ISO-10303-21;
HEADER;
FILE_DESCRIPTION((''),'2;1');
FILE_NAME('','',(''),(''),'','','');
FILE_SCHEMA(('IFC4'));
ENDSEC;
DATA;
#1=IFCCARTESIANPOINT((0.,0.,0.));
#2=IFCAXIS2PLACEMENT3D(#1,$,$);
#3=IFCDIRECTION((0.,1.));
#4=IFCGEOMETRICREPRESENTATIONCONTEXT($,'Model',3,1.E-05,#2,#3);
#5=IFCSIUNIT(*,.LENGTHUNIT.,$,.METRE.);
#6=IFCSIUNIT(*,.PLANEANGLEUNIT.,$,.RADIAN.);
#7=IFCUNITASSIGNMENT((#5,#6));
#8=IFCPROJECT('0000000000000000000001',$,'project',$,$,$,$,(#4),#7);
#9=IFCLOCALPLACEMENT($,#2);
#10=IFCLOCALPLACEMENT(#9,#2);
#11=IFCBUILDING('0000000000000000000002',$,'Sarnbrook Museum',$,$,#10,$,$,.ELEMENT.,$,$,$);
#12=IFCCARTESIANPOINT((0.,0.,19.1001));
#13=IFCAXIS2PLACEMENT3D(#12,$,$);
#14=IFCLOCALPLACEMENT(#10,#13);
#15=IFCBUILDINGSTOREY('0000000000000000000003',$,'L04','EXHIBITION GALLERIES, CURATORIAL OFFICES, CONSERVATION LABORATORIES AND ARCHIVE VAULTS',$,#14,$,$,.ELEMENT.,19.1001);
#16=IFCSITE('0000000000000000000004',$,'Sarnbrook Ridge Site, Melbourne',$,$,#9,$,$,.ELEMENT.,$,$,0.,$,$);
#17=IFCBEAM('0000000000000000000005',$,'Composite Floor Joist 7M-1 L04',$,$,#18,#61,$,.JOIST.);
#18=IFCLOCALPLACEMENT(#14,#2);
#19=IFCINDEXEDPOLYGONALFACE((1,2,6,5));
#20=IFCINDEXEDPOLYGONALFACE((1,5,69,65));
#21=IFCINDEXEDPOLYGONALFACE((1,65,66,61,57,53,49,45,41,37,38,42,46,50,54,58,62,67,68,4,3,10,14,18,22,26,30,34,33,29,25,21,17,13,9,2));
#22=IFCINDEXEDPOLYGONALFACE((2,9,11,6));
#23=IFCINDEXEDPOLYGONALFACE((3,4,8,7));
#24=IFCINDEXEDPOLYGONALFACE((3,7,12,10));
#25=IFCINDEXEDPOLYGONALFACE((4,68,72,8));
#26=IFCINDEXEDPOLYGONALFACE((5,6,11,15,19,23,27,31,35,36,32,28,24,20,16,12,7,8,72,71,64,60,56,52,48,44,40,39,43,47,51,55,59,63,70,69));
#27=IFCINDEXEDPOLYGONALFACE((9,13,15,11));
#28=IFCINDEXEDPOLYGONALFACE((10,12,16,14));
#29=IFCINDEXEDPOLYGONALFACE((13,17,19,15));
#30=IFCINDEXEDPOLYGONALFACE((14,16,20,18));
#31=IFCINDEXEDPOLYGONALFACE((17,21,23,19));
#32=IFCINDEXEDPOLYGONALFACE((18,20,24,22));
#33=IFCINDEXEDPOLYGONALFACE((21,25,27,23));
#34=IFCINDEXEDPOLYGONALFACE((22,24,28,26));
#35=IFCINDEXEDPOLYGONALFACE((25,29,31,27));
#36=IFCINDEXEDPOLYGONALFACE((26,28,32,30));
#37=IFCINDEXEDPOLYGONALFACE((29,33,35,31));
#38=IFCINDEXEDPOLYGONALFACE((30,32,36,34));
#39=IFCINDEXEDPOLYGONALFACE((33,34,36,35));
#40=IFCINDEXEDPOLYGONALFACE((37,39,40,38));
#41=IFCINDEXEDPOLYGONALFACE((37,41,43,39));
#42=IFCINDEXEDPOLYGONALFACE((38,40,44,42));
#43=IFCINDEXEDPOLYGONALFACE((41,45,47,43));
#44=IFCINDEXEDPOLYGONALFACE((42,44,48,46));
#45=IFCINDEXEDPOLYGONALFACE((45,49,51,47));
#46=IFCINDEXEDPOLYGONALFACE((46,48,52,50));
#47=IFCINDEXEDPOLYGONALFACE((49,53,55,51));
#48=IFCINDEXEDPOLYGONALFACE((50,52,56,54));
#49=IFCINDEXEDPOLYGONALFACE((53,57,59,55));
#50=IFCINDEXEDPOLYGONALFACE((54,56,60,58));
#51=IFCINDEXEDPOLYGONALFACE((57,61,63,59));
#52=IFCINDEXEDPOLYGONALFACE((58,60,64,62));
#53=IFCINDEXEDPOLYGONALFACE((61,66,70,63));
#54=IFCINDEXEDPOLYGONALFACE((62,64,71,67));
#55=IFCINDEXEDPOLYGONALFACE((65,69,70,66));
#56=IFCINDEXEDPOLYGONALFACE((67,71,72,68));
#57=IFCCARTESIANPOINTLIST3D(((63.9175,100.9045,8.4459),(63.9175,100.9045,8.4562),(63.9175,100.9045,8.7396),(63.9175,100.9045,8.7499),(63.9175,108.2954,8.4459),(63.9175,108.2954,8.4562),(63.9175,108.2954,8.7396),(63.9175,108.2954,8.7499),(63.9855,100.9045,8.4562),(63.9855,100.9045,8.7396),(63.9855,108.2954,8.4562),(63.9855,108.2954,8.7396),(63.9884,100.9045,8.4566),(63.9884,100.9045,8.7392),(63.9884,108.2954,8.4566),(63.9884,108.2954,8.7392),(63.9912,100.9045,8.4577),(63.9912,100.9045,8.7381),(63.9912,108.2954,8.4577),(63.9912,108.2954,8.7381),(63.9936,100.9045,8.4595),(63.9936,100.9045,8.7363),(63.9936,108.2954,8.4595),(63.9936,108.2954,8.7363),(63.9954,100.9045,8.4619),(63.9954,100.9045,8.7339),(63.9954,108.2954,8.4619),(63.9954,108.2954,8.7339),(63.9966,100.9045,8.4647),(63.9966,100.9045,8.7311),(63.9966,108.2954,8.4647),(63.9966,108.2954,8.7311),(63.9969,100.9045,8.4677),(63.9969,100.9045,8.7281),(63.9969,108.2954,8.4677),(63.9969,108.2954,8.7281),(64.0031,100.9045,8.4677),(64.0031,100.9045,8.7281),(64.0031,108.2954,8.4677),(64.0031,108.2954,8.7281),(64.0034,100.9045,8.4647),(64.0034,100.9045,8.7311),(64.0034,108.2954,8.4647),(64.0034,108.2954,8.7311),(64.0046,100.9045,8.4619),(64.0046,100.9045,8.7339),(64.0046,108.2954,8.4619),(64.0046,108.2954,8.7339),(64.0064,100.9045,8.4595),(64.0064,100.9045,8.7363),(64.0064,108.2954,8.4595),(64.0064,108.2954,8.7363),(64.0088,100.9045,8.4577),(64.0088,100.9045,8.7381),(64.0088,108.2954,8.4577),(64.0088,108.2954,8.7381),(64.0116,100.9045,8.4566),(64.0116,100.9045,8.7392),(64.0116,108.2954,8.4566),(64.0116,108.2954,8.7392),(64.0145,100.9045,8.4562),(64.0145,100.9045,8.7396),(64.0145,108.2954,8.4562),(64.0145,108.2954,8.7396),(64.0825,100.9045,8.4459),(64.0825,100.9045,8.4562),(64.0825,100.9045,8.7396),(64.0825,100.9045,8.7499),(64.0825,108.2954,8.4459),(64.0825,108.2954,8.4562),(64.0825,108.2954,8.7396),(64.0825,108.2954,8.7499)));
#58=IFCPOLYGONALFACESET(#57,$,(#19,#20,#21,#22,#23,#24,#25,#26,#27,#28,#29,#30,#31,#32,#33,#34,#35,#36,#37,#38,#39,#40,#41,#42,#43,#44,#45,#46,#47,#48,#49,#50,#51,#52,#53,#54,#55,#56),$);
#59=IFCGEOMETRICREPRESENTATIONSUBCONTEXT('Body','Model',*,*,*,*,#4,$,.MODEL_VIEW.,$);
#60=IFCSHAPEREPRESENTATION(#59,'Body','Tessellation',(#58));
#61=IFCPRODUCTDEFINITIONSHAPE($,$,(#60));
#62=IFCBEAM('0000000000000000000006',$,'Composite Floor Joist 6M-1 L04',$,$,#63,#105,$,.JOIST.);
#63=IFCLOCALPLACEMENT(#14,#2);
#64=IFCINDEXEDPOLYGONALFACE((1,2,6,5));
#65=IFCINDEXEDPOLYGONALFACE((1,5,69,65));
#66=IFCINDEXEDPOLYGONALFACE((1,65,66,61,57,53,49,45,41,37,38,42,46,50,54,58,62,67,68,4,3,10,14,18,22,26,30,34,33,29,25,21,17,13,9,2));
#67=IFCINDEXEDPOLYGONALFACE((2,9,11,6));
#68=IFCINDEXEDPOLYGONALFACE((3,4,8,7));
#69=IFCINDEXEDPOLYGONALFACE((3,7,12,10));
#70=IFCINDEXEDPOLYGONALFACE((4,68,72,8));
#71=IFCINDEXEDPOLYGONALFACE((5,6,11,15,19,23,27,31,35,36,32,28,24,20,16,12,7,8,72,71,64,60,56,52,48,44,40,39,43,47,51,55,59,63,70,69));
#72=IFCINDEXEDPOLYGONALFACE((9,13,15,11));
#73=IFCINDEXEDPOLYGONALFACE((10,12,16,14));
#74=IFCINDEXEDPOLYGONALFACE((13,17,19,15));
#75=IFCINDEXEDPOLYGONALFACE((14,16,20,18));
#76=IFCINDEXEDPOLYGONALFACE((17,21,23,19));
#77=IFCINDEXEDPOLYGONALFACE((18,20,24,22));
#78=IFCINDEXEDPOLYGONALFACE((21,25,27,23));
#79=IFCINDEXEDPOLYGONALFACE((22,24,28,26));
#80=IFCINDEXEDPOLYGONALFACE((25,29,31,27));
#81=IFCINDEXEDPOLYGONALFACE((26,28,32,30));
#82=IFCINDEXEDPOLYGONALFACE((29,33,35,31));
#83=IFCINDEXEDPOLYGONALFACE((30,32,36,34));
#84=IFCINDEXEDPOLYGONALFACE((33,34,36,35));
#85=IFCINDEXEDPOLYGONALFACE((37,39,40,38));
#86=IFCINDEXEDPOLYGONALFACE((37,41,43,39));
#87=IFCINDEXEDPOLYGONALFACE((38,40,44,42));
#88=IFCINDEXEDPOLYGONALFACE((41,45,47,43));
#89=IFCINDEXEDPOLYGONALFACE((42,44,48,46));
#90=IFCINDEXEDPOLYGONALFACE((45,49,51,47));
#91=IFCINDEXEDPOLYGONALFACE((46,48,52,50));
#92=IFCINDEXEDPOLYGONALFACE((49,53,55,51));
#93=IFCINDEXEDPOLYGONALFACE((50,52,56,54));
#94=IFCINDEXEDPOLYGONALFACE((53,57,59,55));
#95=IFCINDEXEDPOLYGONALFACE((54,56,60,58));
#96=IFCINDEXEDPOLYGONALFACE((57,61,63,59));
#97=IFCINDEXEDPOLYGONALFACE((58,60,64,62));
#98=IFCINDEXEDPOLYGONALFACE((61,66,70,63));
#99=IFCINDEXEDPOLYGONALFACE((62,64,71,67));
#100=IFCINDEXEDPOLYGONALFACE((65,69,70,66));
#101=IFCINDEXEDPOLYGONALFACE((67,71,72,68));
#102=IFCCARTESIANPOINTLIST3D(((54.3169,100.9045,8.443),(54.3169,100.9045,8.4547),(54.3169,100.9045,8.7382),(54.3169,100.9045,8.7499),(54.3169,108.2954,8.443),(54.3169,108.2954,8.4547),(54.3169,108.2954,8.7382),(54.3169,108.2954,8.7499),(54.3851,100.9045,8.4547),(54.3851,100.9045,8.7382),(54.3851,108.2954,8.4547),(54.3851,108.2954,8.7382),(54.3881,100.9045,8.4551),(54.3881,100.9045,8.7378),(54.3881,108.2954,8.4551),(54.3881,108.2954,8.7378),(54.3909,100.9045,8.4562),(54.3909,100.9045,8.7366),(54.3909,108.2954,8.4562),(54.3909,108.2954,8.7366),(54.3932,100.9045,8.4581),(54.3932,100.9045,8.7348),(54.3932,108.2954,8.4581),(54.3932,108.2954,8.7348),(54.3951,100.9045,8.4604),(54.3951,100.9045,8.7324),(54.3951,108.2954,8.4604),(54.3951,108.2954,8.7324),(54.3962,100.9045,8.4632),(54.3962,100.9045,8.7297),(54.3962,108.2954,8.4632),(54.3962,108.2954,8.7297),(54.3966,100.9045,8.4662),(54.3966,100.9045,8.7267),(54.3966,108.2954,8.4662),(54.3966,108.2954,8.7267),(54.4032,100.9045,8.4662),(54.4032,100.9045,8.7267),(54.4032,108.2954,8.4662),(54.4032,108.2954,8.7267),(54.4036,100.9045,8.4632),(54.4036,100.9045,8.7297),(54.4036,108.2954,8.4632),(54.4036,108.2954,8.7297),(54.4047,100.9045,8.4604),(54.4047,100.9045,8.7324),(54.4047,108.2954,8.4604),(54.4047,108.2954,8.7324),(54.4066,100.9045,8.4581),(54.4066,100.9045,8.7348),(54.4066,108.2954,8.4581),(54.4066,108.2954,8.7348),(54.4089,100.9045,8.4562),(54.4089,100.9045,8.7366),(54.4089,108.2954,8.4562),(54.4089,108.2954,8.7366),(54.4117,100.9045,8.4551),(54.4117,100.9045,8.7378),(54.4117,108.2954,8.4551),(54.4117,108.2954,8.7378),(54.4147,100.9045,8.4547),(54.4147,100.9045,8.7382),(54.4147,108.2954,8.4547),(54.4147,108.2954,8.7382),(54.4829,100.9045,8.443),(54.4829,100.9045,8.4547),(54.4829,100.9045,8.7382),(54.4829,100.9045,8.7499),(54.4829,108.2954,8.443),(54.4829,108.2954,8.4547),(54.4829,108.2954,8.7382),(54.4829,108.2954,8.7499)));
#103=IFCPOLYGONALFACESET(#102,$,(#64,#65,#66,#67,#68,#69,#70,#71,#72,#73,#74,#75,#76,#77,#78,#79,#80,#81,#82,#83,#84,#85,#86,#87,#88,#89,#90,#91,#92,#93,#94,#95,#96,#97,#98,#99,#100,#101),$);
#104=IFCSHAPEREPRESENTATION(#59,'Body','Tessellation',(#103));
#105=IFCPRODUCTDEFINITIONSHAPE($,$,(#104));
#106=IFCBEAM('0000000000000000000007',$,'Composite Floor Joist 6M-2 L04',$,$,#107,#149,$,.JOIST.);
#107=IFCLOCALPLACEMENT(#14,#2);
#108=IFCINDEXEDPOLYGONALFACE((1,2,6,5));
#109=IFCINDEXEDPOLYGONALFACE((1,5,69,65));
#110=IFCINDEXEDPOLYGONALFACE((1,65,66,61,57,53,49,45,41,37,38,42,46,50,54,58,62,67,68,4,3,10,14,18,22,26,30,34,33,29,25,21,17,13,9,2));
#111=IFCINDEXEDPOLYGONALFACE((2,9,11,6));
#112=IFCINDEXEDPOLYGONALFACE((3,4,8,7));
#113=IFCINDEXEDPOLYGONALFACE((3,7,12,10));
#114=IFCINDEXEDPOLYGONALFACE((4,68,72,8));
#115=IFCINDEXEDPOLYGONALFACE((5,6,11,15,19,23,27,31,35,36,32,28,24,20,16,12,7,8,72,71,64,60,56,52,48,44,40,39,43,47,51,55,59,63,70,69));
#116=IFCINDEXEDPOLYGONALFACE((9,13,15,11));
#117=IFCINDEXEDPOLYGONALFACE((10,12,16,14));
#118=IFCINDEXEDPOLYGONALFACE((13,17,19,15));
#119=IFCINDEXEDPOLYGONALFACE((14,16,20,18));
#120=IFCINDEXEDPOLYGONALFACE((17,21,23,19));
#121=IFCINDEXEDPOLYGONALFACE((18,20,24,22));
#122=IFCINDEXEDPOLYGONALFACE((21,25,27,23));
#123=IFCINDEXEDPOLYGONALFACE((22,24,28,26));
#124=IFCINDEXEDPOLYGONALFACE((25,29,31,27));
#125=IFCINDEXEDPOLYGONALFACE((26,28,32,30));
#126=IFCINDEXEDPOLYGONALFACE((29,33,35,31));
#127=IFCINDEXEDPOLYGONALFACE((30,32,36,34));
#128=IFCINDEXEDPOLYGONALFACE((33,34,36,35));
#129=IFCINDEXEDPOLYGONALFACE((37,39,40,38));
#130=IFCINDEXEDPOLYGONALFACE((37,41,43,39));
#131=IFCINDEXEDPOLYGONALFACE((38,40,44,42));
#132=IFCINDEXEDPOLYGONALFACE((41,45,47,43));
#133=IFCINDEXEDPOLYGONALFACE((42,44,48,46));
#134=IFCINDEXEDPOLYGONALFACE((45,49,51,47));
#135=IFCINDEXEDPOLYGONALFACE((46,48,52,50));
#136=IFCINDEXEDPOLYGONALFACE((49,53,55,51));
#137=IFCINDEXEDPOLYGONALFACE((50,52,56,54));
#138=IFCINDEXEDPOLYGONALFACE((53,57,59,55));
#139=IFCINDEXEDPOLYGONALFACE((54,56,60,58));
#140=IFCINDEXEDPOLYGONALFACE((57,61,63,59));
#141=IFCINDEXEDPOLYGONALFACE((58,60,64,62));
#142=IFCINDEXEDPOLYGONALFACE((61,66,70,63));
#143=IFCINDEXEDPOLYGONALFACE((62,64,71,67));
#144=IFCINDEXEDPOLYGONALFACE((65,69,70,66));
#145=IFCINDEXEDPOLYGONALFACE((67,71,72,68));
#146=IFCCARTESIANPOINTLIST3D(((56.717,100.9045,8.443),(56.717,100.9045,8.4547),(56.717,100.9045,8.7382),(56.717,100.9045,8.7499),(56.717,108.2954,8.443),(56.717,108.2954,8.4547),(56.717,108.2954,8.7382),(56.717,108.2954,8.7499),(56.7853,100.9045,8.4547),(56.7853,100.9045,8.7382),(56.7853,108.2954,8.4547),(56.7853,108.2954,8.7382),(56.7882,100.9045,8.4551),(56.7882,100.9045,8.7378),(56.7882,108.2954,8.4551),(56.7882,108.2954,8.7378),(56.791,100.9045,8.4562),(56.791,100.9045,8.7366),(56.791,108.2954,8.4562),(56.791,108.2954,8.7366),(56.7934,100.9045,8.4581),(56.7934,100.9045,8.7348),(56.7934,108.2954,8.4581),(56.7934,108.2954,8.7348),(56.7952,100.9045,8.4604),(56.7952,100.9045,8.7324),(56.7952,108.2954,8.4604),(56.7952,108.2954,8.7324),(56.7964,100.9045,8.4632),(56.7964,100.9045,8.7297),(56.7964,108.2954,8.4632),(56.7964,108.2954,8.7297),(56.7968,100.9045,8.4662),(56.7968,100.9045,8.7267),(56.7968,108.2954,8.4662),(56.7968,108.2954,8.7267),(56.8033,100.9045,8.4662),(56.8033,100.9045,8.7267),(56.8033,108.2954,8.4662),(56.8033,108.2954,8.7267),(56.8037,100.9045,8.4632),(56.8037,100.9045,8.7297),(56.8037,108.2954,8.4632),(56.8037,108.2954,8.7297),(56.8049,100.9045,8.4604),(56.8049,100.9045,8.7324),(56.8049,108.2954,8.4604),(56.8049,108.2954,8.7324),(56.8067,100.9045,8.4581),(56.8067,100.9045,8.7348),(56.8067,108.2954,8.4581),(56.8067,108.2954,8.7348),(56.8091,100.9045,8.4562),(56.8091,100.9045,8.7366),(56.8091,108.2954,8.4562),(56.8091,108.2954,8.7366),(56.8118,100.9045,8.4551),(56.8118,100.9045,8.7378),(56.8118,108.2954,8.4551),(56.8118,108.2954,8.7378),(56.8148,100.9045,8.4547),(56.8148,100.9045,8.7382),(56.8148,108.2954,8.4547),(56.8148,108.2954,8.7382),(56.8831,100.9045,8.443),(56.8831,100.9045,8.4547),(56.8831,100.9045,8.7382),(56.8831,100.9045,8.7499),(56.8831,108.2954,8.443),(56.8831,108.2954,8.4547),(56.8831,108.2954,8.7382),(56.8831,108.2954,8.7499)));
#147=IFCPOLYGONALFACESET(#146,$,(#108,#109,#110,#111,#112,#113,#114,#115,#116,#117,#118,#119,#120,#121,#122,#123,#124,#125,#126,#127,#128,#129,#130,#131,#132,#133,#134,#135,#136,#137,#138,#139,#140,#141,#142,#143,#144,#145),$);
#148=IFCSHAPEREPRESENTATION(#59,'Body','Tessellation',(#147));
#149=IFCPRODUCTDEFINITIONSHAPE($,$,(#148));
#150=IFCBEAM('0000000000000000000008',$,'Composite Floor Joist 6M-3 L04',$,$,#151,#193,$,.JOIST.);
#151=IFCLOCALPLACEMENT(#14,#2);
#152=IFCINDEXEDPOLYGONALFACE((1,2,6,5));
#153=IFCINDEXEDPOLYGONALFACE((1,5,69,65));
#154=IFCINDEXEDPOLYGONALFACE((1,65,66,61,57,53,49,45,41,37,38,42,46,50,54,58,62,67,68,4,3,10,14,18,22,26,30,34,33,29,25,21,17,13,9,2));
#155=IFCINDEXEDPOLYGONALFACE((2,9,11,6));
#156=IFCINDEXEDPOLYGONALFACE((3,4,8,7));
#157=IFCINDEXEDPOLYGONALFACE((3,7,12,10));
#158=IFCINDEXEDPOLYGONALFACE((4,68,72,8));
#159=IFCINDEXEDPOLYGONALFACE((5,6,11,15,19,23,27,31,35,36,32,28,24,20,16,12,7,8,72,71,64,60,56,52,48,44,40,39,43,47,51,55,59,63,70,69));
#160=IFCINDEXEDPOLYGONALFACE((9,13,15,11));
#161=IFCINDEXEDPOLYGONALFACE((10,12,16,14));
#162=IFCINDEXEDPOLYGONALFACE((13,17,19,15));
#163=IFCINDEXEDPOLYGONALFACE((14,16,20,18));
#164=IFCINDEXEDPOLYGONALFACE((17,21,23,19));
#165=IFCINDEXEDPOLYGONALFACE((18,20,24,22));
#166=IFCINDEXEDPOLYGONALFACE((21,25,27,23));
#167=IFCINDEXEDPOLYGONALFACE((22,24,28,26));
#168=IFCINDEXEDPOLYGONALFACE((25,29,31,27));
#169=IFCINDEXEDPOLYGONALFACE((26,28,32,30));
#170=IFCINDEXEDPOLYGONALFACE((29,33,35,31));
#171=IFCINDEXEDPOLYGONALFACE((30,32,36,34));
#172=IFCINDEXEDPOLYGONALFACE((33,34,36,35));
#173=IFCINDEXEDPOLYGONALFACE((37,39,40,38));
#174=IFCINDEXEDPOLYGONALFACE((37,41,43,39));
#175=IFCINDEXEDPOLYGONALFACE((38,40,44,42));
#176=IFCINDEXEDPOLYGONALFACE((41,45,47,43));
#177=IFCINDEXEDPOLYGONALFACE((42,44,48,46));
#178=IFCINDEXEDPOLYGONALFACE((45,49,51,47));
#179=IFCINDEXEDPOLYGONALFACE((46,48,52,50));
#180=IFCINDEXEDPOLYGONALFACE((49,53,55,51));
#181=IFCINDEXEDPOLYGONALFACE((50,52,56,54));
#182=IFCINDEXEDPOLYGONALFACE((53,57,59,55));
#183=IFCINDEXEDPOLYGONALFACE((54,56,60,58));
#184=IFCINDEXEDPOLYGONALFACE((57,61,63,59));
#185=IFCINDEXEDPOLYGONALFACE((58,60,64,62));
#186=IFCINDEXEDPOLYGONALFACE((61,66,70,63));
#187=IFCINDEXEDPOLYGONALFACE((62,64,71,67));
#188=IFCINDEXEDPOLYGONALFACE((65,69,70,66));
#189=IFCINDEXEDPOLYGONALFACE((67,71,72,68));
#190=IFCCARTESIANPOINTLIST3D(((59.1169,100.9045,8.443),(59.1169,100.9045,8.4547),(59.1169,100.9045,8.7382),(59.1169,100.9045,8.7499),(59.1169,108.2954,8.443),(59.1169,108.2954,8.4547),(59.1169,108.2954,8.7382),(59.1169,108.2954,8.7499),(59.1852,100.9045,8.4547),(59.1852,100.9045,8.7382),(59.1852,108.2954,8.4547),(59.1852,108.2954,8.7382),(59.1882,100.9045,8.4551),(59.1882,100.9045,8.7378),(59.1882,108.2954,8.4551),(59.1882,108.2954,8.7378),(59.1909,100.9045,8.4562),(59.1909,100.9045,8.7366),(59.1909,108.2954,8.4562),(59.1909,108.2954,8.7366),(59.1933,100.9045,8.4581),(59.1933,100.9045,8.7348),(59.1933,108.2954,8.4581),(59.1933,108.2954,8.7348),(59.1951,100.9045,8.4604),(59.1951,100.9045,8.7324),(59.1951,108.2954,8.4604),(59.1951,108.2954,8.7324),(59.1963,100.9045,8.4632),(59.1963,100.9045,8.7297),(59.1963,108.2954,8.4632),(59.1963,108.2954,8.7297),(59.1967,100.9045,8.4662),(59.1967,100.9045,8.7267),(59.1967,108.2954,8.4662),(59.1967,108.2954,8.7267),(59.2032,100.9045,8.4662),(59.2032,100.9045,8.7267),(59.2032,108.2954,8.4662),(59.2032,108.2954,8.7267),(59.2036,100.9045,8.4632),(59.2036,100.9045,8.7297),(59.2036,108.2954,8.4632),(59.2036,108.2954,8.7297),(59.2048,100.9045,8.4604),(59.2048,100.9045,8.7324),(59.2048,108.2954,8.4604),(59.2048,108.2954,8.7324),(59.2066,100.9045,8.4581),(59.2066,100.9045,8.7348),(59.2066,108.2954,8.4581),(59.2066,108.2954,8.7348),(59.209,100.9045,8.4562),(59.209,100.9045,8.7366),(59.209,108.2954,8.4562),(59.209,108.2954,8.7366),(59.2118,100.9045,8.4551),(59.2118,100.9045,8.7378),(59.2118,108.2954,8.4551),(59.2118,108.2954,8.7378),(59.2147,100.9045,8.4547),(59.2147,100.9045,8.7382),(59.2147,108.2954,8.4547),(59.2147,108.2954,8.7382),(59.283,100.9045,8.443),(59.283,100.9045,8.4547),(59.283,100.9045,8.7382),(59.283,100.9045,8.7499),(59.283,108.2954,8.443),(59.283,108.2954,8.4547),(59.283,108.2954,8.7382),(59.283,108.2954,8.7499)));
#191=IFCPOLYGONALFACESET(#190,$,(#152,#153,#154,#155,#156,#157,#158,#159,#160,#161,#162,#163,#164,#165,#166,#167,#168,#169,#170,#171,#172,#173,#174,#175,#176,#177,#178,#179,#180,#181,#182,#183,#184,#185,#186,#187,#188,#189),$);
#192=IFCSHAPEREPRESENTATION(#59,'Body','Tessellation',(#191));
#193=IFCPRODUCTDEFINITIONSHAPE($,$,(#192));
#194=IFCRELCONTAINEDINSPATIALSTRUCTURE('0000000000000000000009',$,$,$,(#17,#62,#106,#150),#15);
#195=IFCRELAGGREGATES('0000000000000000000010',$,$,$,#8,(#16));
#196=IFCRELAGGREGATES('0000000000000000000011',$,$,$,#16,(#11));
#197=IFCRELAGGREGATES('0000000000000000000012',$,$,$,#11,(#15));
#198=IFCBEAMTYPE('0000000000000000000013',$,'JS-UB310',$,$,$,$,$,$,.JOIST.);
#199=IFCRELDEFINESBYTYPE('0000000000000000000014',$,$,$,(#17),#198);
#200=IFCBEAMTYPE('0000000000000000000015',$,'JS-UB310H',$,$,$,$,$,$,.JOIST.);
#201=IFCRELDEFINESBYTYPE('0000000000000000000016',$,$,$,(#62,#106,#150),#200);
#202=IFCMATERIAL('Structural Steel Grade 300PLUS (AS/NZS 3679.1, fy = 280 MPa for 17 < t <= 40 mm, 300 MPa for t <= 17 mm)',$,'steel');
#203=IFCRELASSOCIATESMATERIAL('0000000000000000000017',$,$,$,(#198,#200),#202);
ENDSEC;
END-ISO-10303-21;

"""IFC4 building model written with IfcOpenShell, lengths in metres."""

from ifc_helpers import new_model, si_unit, direction, frame, origin, origin_2d, place, context, subcontext, project, spatial, i_section, extrude, material, material_profile, profile_set, type_object, element, save


model = new_model("IFC4")

# Units and contexts
model_context = context("Model", 3, precision=1e-05, world=origin(), true_north=direction((0.0, 1.0)))
body_context = subcontext(model_context, "Body", "Model", "MODEL_VIEW")
ifc_project = project(units=[si_unit("LENGTHUNIT", "METRE"), si_unit("PLANEANGLEUNIT", "RADIAN")], contexts=[model_context])

# Site, building, storey
site_placement = place(None, origin())
site = spatial("IfcSite", under=ifc_project, at=site_placement, Name="Sarnbrook Ridge Site, Melbourne", CompositionType="ELEMENT", RefElevation=0.0)
building_placement = place(site_placement, origin())
building = spatial("IfcBuilding", under=site, at=building_placement, Name="Sarnbrook Museum", CompositionType="ELEMENT")
storey_placement = place(building_placement, frame((0.0, 0.0, 19.1001)))
storey = spatial("IfcBuildingStorey", under=building, at=storey_placement, Name="L04", Description="EXHIBITION GALLERIES, CURATORIAL OFFICES, CONSERVATION LABORATORIES AND ARCHIVE VAULTS", CompositionType="ELEMENT", Elevation=19.1001)

# Shared definitions
ifc_material_1 = material(Name="Structural Steel Grade 300PLUS (AS/NZS 3679.1, fy = 280 MPa for 17 < t <= 40 mm, 300 MPa for t <= 17 mm)", Category="steel")

# Beams
ifc_material_profile_1 = material_profile(ifc_material_1, i_section(OverallWidth=0.165, OverallDepth=0.304, WebThickness=0.0061, FlangeThickness=0.0103, FilletRadius=0.0115, at=origin_2d()), Name="310UB40.4")
ifc_profile_set_1 = profile_set([ifc_material_profile_1], Name="Structural Steel Grade 300PLUS (AS/NZS 3679.1, fy = 280 MPa for 17 < t <= 40 mm, 300 MPa for t <= 17 mm)")
beam_type_1 = type_object("IfcBeamType", Name="JS-UB310", PredefinedType="JOIST", material=ifc_profile_set_1)
beam_1_placement = place(storey_placement, frame((64.0, 100.9045, 8.5979), z_axis=(0.0, 1.0, 0.0), x_axis=(-1.0, 0.0, 0.0)))
element("IfcBeam", 1, at=beam_1_placement, inside=storey, type_object=beam_type_1, Name="Composite Floor Joist 7M-1 L04", PredefinedType="JOIST", context=body_context, shape_type="SweptSolid", body=[
    extrude(i_section(OverallWidth=0.165, OverallDepth=0.304, WebThickness=0.0061, FlangeThickness=0.0103, FilletRadius=0.0115, at=origin_2d()), origin(), (0.0, 0.0, 1.0), 7.3909),
])
ifc_material_profile_2 = material_profile(ifc_material_1, i_section(OverallWidth=0.166, OverallDepth=0.3069, WebThickness=0.0066, FlangeThickness=0.0117, FilletRadius=0.0115, at=origin_2d()), Name="310UB46.2")
ifc_profile_set_2 = profile_set([ifc_material_profile_2], Name="Structural Steel Grade 300PLUS (AS/NZS 3679.1, fy = 280 MPa for 17 < t <= 40 mm, 300 MPa for t <= 17 mm)")
beam_type_2 = type_object("IfcBeamType", Name="JS-UB310H", PredefinedType="JOIST", material=ifc_profile_set_2)
for number, where, z_axis, x_axis, name in (
    (2, (54.3999, 100.9045, 8.5964), (0.0, 1.0, 0.0), (-1.0, 0.0, 0.0), "Composite Floor Joist 6M-1 L04"),
    (3, (56.8, 100.9045, 8.5964), (0.0, 1.0, 0.0), (-1.0, 0.0, 0.0), "Composite Floor Joist 6M-2 L04"),
    (4, (59.2, 100.9045, 8.5964), (0.0, 1.0, 0.0), (-1.0, 0.0, 0.0), "Composite Floor Joist 6M-3 L04"),
):
    element("IfcBeam", number, at=place(storey_placement, frame(where, z_axis=z_axis, x_axis=x_axis)), inside=storey, type_object=beam_type_2, Name=name, PredefinedType="JOIST", context=body_context, shape_type="SweptSolid", body=[
        extrude(i_section(OverallWidth=0.166, OverallDepth=0.3069, WebThickness=0.0066, FlangeThickness=0.0117, FilletRadius=0.0115, at=origin_2d()), origin(), (0.0, 0.0, 1.0), 7.3909),
    ])

save(model, "model.ifc")
